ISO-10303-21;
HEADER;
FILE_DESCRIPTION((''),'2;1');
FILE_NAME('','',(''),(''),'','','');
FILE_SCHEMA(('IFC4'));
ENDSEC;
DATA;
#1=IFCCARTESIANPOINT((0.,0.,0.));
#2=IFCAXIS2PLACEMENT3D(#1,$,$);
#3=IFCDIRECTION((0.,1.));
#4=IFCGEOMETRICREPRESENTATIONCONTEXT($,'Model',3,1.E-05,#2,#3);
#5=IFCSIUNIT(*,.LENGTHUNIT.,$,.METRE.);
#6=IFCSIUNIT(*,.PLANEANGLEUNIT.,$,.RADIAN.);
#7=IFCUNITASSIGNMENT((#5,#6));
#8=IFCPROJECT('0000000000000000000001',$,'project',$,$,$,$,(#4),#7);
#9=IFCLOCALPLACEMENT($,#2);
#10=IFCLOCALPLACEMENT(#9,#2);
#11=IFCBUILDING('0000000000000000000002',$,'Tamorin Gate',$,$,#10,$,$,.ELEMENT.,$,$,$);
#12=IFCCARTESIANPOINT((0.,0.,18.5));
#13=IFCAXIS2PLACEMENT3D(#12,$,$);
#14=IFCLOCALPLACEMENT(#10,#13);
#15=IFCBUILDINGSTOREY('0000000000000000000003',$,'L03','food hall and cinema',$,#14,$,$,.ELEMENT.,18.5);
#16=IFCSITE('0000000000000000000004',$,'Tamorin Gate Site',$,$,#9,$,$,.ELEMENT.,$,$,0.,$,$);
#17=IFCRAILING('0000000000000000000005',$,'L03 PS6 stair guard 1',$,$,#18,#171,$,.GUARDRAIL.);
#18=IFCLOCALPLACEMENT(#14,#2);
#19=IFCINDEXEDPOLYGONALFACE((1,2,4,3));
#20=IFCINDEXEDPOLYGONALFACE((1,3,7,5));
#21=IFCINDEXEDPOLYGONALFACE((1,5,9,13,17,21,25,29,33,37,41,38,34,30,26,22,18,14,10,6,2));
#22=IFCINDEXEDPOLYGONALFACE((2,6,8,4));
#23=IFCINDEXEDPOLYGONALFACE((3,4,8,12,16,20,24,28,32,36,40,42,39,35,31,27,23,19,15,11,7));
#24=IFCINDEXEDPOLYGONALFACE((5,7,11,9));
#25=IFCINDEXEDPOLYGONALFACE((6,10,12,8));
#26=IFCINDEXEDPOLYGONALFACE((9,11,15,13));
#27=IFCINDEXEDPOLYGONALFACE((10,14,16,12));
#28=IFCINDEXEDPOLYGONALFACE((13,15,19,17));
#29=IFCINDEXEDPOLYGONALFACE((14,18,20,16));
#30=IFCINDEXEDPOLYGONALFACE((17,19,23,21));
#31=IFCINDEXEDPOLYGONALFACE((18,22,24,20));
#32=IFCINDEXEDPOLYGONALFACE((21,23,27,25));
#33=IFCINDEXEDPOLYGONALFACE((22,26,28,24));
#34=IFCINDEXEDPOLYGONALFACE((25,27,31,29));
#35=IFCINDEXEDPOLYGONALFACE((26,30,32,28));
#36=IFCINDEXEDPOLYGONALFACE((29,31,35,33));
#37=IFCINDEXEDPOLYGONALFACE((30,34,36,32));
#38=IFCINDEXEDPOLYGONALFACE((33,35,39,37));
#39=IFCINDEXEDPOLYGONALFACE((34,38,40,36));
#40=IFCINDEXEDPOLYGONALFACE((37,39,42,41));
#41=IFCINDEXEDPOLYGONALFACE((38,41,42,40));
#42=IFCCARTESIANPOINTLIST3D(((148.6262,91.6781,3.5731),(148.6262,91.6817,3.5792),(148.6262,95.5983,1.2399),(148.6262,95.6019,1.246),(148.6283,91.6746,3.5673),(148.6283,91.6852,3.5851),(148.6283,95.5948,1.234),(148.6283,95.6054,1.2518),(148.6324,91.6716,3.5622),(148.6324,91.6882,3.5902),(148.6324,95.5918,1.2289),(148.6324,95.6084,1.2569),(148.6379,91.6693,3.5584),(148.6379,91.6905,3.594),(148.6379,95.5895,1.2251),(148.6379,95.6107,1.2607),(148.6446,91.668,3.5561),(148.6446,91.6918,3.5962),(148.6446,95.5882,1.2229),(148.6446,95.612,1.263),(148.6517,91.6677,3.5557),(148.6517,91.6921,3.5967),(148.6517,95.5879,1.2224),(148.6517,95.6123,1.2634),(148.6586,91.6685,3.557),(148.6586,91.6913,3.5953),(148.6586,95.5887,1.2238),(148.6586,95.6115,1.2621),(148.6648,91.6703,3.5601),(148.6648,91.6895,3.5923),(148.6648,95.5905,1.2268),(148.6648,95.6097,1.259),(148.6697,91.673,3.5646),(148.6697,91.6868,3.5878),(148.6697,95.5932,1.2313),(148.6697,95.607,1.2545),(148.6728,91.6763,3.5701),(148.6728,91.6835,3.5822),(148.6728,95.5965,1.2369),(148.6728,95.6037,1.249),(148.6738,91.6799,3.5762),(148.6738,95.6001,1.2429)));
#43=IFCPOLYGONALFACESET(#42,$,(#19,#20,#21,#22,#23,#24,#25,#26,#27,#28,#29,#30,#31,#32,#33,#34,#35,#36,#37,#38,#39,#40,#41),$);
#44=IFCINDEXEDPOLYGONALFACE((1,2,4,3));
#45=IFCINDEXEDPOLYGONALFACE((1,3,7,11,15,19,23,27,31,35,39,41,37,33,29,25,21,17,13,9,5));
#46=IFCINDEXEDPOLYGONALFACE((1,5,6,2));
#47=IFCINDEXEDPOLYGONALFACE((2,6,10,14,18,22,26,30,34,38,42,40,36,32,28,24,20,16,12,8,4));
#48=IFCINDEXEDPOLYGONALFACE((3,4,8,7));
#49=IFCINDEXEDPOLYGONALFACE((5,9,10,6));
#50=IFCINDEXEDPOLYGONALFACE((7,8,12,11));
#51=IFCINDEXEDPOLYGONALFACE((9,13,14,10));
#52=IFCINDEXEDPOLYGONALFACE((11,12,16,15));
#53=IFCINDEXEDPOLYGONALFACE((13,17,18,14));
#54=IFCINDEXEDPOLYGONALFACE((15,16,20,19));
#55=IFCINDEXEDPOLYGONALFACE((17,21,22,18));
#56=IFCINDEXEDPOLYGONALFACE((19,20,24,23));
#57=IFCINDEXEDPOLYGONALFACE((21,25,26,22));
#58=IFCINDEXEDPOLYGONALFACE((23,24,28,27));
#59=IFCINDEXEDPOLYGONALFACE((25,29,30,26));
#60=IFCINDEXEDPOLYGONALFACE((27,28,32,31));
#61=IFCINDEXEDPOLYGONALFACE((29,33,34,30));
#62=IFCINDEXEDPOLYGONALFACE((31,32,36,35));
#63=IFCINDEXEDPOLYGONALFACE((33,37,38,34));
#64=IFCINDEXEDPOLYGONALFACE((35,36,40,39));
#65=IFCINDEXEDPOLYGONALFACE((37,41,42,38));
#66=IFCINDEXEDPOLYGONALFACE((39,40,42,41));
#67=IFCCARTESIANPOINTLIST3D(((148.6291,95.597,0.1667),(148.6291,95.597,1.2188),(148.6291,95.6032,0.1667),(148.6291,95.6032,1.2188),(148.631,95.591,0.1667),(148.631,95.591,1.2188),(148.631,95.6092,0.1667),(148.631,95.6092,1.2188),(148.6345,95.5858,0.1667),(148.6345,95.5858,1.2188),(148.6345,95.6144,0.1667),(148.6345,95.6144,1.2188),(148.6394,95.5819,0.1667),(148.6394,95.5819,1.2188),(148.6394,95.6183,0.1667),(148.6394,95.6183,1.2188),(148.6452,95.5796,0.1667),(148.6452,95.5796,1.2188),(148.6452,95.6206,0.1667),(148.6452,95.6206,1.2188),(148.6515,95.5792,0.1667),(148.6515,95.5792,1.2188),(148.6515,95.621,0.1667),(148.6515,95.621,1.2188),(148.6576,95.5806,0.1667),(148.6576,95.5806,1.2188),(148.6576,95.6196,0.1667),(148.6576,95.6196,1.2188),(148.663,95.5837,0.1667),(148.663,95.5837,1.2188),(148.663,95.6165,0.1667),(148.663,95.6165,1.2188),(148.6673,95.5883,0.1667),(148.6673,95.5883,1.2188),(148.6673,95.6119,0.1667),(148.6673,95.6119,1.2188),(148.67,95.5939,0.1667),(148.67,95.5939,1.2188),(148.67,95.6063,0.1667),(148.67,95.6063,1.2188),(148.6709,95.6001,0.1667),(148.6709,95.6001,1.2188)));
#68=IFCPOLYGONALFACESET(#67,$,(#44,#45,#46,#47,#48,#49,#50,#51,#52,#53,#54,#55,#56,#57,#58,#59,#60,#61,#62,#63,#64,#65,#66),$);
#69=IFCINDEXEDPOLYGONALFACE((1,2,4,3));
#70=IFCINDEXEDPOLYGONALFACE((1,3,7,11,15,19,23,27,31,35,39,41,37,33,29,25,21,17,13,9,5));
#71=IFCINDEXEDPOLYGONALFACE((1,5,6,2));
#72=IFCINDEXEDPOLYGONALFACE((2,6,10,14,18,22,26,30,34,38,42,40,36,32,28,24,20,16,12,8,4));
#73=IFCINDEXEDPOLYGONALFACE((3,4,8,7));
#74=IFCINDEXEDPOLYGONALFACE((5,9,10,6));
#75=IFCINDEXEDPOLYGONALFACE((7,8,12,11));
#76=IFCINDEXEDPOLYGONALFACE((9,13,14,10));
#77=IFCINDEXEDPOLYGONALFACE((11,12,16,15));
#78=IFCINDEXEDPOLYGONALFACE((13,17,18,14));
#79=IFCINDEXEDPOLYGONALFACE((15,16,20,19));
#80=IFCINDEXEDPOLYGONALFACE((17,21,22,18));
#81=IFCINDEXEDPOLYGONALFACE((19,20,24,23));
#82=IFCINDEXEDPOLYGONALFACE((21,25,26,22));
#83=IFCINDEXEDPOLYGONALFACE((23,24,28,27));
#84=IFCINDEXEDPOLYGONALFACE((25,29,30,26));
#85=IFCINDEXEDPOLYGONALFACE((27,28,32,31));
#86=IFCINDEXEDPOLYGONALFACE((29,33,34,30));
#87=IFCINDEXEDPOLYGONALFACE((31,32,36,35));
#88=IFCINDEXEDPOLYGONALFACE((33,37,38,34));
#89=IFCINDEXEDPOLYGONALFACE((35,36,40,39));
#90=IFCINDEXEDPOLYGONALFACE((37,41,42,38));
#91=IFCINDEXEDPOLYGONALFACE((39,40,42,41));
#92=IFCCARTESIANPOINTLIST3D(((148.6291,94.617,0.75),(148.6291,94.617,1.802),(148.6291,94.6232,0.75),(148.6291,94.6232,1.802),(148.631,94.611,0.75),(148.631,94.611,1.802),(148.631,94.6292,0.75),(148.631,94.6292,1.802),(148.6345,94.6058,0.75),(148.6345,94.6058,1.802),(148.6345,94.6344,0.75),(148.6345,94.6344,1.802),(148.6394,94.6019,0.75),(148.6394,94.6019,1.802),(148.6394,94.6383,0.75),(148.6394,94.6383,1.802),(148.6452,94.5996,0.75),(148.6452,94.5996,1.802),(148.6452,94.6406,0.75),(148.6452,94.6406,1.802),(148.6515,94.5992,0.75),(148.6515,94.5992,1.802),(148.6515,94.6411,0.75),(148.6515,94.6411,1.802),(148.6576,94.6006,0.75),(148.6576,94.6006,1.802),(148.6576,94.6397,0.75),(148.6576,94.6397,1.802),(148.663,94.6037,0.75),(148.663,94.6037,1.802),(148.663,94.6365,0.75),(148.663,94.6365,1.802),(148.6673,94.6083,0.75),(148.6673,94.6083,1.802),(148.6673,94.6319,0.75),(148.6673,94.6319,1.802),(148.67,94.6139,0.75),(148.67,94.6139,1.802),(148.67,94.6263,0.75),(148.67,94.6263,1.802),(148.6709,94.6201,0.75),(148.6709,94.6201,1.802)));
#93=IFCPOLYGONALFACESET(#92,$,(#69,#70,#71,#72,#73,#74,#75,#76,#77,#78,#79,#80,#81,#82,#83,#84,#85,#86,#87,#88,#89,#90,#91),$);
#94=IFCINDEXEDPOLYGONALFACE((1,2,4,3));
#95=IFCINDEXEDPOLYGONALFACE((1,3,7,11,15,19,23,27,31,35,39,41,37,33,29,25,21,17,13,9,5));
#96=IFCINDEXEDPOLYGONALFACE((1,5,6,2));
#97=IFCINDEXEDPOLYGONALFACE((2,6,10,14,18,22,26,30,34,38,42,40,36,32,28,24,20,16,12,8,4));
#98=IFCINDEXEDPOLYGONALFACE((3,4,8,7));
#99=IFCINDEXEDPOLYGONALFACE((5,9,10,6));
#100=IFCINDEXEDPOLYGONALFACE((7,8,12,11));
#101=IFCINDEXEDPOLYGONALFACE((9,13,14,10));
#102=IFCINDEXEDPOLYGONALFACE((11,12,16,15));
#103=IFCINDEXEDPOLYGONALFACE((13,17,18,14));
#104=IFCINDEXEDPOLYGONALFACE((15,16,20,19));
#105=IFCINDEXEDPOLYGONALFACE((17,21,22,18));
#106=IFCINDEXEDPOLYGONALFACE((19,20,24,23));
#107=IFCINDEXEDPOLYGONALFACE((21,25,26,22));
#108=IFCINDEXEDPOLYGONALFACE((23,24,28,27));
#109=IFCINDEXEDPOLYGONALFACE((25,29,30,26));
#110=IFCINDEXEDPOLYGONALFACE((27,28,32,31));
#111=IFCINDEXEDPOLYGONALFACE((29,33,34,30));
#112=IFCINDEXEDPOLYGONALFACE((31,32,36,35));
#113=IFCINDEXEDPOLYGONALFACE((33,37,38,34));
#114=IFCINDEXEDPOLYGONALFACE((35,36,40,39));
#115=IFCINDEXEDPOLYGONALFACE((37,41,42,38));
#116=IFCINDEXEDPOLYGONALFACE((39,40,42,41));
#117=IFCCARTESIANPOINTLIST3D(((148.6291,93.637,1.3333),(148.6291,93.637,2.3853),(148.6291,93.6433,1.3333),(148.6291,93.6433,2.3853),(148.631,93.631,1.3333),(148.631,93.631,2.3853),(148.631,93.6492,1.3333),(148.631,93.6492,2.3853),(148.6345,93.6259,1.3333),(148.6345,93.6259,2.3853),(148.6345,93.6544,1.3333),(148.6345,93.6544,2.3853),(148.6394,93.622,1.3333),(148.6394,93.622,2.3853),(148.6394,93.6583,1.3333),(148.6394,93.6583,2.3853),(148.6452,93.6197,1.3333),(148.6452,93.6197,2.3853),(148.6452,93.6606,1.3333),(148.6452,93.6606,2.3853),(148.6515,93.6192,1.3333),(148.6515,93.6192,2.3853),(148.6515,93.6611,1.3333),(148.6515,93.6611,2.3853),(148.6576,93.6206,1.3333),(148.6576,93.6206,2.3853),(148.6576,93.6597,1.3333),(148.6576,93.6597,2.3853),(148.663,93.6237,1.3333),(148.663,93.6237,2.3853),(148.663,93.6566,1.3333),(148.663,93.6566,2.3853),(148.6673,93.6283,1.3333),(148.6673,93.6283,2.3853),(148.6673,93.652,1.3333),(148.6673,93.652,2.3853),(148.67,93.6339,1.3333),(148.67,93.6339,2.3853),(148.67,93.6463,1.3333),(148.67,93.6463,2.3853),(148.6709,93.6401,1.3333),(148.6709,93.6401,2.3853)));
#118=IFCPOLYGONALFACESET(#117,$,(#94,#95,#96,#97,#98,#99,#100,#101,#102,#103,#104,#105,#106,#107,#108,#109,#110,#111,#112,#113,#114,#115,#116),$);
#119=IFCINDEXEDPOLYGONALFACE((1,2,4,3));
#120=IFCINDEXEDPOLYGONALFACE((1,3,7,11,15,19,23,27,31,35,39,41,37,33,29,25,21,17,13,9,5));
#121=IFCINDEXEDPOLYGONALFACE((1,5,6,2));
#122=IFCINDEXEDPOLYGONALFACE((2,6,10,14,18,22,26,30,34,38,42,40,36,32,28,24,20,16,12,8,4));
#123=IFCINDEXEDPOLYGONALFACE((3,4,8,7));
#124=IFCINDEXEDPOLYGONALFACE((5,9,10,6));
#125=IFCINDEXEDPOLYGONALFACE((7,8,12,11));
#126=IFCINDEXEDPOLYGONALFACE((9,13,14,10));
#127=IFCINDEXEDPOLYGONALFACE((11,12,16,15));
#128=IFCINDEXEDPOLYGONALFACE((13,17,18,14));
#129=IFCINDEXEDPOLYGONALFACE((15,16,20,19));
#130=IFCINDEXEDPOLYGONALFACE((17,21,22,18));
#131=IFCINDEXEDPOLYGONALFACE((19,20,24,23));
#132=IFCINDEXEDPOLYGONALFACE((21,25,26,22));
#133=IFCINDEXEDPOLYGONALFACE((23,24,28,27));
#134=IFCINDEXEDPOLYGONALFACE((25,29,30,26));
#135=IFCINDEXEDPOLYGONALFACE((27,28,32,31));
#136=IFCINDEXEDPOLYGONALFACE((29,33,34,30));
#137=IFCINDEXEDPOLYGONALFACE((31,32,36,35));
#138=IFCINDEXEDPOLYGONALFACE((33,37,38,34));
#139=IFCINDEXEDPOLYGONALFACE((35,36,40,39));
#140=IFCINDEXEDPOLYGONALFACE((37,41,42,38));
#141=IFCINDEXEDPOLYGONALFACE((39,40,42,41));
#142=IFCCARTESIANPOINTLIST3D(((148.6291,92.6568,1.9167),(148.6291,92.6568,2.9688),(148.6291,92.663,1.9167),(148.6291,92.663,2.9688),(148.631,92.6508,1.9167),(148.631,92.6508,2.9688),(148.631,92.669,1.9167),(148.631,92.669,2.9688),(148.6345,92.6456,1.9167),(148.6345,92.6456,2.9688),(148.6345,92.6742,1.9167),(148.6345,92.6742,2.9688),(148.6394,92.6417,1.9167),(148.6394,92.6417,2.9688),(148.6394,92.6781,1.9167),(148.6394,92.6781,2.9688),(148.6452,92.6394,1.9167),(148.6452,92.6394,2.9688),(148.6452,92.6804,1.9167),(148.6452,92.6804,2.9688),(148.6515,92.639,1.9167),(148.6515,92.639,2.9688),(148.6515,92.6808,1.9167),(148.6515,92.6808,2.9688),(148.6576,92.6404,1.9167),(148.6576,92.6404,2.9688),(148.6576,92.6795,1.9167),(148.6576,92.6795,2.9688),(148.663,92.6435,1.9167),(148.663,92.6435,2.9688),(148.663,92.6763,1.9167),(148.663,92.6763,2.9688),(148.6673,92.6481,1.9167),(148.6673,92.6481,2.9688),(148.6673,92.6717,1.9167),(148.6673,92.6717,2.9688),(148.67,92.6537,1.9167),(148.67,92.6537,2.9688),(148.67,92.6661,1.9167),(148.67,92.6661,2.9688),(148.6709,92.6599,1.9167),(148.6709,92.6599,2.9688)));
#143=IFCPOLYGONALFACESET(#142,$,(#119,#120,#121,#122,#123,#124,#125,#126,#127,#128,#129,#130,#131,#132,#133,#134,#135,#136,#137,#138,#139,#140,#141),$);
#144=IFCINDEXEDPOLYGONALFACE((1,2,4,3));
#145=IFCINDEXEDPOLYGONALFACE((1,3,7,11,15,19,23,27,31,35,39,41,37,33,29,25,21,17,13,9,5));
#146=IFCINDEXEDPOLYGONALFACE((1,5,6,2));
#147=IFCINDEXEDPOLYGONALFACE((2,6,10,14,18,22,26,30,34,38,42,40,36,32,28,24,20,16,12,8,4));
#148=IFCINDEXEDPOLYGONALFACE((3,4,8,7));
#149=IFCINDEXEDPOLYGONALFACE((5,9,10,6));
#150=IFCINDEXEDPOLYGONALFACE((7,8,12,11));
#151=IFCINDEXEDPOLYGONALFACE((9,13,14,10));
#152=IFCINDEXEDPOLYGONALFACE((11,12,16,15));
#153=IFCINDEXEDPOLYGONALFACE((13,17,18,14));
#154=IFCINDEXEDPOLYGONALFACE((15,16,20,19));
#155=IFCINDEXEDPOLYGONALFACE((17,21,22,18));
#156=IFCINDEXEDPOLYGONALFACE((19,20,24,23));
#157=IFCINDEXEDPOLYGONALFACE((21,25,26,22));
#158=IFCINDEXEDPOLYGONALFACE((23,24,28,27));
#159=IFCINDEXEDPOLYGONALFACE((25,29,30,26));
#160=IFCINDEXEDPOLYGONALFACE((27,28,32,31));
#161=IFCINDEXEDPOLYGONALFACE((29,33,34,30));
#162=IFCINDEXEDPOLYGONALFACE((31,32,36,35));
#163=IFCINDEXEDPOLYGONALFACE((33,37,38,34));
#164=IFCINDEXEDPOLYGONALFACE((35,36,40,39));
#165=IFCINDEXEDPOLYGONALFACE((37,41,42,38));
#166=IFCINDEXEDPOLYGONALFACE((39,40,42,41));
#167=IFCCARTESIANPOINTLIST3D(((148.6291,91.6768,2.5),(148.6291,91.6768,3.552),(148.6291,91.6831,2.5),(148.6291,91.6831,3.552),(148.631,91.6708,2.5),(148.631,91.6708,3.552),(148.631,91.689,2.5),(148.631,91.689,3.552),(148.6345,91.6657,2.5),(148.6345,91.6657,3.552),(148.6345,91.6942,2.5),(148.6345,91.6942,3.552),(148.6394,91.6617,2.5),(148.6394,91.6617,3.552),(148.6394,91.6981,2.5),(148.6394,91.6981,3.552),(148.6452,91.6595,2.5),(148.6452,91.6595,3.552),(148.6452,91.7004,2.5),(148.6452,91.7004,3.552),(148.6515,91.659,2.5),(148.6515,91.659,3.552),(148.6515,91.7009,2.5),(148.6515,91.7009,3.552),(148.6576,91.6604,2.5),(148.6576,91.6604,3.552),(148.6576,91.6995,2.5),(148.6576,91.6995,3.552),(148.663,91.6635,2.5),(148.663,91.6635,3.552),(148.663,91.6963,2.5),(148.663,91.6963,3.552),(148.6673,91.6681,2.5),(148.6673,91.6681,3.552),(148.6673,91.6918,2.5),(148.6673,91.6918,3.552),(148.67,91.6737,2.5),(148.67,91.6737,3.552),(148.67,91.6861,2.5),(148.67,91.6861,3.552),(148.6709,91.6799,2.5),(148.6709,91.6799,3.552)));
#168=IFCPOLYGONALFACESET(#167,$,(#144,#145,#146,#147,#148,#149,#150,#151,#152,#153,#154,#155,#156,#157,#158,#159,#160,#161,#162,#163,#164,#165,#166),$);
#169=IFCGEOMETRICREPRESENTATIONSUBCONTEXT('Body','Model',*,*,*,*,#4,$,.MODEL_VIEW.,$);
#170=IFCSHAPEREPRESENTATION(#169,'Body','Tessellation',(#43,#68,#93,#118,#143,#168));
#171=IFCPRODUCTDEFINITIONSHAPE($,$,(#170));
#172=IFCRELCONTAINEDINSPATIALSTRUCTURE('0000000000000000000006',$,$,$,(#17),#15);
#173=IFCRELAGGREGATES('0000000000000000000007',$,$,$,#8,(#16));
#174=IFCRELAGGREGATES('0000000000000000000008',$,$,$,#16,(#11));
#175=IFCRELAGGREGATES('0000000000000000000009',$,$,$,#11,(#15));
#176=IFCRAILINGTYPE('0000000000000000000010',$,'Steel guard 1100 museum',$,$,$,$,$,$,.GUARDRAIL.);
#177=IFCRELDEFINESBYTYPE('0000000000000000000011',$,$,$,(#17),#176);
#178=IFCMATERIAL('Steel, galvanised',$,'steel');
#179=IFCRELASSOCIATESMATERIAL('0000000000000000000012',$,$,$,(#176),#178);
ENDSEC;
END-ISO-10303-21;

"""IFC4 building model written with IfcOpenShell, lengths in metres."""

from ifc_helpers import new_model, si_unit, direction, frame, origin, origin_2d, place, context, subcontext, project, spatial, circle, extrude, material, type_object, element, save


model = new_model("IFC4")

# Units and contexts
model_context = context("Model", 3, precision=1e-05, world=origin(), true_north=direction((0.0, 1.0)))
body_context = subcontext(model_context, "Body", "Model", "MODEL_VIEW")
ifc_project = project(units=[si_unit("LENGTHUNIT", "METRE"), si_unit("PLANEANGLEUNIT", "RADIAN")], contexts=[model_context])

# Site, building, storey
site_placement = place(None, origin())
site = spatial("IfcSite", under=ifc_project, at=site_placement, Name="Tamorin Gate Site", CompositionType="ELEMENT", RefElevation=0.0)
building_placement = place(site_placement, origin())
building = spatial("IfcBuilding", under=site, at=building_placement, Name="Tamorin Gate", CompositionType="ELEMENT")
storey_placement = place(building_placement, frame((0.0, 0.0, 18.5)))
storey = spatial("IfcBuildingStorey", under=building, at=storey_placement, Name="L03", Description="food hall and cinema", CompositionType="ELEMENT", Elevation=18.5)

# Railing
ifc_material_1 = material(Name="Steel, galvanised", Category="steel")
railing_type_1 = type_object("IfcRailingType", Name="Steel guard 1100 museum", PredefinedType="GUARDRAIL", material=ifc_material_1)
railing_1_placement = place(storey_placement, frame((148.6499, 95.6001, 0.1667)))
element("IfcRailing", 1, at=railing_1_placement, inside=storey, type_object=railing_type_1, Name="L03 PS6 stair guard 1", PredefinedType="GUARDRAIL", context=body_context, shape_type="SweptSolid", body=[
    extrude(circle(Radius=0.0239, at=origin_2d()), frame((0.0, 0.0, 1.0762), z_axis=(0.0, -0.85931, 0.511455), x_axis=(1.0, 0.0, 0.0)), (0.0, 0.0, 1.0), 4.562),
    extrude(circle(Radius=0.021, at=origin_2d()), origin(), (0.0, 0.0, 1.0), 1.052),
    extrude(circle(Radius=0.021, at=origin_2d()), frame((0.0, -0.98, 0.5833)), (0.0, 0.0, 1.0), 1.052),
    extrude(circle(Radius=0.021, at=origin_2d()), frame((0.0, -1.96, 1.1665)), (0.0, 0.0, 1.0), 1.052),
    extrude(circle(Radius=0.021, at=origin_2d()), frame((0.0, -2.9402, 1.75)), (0.0, 0.0, 1.0), 1.052),
    extrude(circle(Radius=0.021, at=origin_2d()), frame((0.0, -3.9202, 2.3333)), (0.0, 0.0, 1.0), 1.052),
])

save(model, "model.ifc")
